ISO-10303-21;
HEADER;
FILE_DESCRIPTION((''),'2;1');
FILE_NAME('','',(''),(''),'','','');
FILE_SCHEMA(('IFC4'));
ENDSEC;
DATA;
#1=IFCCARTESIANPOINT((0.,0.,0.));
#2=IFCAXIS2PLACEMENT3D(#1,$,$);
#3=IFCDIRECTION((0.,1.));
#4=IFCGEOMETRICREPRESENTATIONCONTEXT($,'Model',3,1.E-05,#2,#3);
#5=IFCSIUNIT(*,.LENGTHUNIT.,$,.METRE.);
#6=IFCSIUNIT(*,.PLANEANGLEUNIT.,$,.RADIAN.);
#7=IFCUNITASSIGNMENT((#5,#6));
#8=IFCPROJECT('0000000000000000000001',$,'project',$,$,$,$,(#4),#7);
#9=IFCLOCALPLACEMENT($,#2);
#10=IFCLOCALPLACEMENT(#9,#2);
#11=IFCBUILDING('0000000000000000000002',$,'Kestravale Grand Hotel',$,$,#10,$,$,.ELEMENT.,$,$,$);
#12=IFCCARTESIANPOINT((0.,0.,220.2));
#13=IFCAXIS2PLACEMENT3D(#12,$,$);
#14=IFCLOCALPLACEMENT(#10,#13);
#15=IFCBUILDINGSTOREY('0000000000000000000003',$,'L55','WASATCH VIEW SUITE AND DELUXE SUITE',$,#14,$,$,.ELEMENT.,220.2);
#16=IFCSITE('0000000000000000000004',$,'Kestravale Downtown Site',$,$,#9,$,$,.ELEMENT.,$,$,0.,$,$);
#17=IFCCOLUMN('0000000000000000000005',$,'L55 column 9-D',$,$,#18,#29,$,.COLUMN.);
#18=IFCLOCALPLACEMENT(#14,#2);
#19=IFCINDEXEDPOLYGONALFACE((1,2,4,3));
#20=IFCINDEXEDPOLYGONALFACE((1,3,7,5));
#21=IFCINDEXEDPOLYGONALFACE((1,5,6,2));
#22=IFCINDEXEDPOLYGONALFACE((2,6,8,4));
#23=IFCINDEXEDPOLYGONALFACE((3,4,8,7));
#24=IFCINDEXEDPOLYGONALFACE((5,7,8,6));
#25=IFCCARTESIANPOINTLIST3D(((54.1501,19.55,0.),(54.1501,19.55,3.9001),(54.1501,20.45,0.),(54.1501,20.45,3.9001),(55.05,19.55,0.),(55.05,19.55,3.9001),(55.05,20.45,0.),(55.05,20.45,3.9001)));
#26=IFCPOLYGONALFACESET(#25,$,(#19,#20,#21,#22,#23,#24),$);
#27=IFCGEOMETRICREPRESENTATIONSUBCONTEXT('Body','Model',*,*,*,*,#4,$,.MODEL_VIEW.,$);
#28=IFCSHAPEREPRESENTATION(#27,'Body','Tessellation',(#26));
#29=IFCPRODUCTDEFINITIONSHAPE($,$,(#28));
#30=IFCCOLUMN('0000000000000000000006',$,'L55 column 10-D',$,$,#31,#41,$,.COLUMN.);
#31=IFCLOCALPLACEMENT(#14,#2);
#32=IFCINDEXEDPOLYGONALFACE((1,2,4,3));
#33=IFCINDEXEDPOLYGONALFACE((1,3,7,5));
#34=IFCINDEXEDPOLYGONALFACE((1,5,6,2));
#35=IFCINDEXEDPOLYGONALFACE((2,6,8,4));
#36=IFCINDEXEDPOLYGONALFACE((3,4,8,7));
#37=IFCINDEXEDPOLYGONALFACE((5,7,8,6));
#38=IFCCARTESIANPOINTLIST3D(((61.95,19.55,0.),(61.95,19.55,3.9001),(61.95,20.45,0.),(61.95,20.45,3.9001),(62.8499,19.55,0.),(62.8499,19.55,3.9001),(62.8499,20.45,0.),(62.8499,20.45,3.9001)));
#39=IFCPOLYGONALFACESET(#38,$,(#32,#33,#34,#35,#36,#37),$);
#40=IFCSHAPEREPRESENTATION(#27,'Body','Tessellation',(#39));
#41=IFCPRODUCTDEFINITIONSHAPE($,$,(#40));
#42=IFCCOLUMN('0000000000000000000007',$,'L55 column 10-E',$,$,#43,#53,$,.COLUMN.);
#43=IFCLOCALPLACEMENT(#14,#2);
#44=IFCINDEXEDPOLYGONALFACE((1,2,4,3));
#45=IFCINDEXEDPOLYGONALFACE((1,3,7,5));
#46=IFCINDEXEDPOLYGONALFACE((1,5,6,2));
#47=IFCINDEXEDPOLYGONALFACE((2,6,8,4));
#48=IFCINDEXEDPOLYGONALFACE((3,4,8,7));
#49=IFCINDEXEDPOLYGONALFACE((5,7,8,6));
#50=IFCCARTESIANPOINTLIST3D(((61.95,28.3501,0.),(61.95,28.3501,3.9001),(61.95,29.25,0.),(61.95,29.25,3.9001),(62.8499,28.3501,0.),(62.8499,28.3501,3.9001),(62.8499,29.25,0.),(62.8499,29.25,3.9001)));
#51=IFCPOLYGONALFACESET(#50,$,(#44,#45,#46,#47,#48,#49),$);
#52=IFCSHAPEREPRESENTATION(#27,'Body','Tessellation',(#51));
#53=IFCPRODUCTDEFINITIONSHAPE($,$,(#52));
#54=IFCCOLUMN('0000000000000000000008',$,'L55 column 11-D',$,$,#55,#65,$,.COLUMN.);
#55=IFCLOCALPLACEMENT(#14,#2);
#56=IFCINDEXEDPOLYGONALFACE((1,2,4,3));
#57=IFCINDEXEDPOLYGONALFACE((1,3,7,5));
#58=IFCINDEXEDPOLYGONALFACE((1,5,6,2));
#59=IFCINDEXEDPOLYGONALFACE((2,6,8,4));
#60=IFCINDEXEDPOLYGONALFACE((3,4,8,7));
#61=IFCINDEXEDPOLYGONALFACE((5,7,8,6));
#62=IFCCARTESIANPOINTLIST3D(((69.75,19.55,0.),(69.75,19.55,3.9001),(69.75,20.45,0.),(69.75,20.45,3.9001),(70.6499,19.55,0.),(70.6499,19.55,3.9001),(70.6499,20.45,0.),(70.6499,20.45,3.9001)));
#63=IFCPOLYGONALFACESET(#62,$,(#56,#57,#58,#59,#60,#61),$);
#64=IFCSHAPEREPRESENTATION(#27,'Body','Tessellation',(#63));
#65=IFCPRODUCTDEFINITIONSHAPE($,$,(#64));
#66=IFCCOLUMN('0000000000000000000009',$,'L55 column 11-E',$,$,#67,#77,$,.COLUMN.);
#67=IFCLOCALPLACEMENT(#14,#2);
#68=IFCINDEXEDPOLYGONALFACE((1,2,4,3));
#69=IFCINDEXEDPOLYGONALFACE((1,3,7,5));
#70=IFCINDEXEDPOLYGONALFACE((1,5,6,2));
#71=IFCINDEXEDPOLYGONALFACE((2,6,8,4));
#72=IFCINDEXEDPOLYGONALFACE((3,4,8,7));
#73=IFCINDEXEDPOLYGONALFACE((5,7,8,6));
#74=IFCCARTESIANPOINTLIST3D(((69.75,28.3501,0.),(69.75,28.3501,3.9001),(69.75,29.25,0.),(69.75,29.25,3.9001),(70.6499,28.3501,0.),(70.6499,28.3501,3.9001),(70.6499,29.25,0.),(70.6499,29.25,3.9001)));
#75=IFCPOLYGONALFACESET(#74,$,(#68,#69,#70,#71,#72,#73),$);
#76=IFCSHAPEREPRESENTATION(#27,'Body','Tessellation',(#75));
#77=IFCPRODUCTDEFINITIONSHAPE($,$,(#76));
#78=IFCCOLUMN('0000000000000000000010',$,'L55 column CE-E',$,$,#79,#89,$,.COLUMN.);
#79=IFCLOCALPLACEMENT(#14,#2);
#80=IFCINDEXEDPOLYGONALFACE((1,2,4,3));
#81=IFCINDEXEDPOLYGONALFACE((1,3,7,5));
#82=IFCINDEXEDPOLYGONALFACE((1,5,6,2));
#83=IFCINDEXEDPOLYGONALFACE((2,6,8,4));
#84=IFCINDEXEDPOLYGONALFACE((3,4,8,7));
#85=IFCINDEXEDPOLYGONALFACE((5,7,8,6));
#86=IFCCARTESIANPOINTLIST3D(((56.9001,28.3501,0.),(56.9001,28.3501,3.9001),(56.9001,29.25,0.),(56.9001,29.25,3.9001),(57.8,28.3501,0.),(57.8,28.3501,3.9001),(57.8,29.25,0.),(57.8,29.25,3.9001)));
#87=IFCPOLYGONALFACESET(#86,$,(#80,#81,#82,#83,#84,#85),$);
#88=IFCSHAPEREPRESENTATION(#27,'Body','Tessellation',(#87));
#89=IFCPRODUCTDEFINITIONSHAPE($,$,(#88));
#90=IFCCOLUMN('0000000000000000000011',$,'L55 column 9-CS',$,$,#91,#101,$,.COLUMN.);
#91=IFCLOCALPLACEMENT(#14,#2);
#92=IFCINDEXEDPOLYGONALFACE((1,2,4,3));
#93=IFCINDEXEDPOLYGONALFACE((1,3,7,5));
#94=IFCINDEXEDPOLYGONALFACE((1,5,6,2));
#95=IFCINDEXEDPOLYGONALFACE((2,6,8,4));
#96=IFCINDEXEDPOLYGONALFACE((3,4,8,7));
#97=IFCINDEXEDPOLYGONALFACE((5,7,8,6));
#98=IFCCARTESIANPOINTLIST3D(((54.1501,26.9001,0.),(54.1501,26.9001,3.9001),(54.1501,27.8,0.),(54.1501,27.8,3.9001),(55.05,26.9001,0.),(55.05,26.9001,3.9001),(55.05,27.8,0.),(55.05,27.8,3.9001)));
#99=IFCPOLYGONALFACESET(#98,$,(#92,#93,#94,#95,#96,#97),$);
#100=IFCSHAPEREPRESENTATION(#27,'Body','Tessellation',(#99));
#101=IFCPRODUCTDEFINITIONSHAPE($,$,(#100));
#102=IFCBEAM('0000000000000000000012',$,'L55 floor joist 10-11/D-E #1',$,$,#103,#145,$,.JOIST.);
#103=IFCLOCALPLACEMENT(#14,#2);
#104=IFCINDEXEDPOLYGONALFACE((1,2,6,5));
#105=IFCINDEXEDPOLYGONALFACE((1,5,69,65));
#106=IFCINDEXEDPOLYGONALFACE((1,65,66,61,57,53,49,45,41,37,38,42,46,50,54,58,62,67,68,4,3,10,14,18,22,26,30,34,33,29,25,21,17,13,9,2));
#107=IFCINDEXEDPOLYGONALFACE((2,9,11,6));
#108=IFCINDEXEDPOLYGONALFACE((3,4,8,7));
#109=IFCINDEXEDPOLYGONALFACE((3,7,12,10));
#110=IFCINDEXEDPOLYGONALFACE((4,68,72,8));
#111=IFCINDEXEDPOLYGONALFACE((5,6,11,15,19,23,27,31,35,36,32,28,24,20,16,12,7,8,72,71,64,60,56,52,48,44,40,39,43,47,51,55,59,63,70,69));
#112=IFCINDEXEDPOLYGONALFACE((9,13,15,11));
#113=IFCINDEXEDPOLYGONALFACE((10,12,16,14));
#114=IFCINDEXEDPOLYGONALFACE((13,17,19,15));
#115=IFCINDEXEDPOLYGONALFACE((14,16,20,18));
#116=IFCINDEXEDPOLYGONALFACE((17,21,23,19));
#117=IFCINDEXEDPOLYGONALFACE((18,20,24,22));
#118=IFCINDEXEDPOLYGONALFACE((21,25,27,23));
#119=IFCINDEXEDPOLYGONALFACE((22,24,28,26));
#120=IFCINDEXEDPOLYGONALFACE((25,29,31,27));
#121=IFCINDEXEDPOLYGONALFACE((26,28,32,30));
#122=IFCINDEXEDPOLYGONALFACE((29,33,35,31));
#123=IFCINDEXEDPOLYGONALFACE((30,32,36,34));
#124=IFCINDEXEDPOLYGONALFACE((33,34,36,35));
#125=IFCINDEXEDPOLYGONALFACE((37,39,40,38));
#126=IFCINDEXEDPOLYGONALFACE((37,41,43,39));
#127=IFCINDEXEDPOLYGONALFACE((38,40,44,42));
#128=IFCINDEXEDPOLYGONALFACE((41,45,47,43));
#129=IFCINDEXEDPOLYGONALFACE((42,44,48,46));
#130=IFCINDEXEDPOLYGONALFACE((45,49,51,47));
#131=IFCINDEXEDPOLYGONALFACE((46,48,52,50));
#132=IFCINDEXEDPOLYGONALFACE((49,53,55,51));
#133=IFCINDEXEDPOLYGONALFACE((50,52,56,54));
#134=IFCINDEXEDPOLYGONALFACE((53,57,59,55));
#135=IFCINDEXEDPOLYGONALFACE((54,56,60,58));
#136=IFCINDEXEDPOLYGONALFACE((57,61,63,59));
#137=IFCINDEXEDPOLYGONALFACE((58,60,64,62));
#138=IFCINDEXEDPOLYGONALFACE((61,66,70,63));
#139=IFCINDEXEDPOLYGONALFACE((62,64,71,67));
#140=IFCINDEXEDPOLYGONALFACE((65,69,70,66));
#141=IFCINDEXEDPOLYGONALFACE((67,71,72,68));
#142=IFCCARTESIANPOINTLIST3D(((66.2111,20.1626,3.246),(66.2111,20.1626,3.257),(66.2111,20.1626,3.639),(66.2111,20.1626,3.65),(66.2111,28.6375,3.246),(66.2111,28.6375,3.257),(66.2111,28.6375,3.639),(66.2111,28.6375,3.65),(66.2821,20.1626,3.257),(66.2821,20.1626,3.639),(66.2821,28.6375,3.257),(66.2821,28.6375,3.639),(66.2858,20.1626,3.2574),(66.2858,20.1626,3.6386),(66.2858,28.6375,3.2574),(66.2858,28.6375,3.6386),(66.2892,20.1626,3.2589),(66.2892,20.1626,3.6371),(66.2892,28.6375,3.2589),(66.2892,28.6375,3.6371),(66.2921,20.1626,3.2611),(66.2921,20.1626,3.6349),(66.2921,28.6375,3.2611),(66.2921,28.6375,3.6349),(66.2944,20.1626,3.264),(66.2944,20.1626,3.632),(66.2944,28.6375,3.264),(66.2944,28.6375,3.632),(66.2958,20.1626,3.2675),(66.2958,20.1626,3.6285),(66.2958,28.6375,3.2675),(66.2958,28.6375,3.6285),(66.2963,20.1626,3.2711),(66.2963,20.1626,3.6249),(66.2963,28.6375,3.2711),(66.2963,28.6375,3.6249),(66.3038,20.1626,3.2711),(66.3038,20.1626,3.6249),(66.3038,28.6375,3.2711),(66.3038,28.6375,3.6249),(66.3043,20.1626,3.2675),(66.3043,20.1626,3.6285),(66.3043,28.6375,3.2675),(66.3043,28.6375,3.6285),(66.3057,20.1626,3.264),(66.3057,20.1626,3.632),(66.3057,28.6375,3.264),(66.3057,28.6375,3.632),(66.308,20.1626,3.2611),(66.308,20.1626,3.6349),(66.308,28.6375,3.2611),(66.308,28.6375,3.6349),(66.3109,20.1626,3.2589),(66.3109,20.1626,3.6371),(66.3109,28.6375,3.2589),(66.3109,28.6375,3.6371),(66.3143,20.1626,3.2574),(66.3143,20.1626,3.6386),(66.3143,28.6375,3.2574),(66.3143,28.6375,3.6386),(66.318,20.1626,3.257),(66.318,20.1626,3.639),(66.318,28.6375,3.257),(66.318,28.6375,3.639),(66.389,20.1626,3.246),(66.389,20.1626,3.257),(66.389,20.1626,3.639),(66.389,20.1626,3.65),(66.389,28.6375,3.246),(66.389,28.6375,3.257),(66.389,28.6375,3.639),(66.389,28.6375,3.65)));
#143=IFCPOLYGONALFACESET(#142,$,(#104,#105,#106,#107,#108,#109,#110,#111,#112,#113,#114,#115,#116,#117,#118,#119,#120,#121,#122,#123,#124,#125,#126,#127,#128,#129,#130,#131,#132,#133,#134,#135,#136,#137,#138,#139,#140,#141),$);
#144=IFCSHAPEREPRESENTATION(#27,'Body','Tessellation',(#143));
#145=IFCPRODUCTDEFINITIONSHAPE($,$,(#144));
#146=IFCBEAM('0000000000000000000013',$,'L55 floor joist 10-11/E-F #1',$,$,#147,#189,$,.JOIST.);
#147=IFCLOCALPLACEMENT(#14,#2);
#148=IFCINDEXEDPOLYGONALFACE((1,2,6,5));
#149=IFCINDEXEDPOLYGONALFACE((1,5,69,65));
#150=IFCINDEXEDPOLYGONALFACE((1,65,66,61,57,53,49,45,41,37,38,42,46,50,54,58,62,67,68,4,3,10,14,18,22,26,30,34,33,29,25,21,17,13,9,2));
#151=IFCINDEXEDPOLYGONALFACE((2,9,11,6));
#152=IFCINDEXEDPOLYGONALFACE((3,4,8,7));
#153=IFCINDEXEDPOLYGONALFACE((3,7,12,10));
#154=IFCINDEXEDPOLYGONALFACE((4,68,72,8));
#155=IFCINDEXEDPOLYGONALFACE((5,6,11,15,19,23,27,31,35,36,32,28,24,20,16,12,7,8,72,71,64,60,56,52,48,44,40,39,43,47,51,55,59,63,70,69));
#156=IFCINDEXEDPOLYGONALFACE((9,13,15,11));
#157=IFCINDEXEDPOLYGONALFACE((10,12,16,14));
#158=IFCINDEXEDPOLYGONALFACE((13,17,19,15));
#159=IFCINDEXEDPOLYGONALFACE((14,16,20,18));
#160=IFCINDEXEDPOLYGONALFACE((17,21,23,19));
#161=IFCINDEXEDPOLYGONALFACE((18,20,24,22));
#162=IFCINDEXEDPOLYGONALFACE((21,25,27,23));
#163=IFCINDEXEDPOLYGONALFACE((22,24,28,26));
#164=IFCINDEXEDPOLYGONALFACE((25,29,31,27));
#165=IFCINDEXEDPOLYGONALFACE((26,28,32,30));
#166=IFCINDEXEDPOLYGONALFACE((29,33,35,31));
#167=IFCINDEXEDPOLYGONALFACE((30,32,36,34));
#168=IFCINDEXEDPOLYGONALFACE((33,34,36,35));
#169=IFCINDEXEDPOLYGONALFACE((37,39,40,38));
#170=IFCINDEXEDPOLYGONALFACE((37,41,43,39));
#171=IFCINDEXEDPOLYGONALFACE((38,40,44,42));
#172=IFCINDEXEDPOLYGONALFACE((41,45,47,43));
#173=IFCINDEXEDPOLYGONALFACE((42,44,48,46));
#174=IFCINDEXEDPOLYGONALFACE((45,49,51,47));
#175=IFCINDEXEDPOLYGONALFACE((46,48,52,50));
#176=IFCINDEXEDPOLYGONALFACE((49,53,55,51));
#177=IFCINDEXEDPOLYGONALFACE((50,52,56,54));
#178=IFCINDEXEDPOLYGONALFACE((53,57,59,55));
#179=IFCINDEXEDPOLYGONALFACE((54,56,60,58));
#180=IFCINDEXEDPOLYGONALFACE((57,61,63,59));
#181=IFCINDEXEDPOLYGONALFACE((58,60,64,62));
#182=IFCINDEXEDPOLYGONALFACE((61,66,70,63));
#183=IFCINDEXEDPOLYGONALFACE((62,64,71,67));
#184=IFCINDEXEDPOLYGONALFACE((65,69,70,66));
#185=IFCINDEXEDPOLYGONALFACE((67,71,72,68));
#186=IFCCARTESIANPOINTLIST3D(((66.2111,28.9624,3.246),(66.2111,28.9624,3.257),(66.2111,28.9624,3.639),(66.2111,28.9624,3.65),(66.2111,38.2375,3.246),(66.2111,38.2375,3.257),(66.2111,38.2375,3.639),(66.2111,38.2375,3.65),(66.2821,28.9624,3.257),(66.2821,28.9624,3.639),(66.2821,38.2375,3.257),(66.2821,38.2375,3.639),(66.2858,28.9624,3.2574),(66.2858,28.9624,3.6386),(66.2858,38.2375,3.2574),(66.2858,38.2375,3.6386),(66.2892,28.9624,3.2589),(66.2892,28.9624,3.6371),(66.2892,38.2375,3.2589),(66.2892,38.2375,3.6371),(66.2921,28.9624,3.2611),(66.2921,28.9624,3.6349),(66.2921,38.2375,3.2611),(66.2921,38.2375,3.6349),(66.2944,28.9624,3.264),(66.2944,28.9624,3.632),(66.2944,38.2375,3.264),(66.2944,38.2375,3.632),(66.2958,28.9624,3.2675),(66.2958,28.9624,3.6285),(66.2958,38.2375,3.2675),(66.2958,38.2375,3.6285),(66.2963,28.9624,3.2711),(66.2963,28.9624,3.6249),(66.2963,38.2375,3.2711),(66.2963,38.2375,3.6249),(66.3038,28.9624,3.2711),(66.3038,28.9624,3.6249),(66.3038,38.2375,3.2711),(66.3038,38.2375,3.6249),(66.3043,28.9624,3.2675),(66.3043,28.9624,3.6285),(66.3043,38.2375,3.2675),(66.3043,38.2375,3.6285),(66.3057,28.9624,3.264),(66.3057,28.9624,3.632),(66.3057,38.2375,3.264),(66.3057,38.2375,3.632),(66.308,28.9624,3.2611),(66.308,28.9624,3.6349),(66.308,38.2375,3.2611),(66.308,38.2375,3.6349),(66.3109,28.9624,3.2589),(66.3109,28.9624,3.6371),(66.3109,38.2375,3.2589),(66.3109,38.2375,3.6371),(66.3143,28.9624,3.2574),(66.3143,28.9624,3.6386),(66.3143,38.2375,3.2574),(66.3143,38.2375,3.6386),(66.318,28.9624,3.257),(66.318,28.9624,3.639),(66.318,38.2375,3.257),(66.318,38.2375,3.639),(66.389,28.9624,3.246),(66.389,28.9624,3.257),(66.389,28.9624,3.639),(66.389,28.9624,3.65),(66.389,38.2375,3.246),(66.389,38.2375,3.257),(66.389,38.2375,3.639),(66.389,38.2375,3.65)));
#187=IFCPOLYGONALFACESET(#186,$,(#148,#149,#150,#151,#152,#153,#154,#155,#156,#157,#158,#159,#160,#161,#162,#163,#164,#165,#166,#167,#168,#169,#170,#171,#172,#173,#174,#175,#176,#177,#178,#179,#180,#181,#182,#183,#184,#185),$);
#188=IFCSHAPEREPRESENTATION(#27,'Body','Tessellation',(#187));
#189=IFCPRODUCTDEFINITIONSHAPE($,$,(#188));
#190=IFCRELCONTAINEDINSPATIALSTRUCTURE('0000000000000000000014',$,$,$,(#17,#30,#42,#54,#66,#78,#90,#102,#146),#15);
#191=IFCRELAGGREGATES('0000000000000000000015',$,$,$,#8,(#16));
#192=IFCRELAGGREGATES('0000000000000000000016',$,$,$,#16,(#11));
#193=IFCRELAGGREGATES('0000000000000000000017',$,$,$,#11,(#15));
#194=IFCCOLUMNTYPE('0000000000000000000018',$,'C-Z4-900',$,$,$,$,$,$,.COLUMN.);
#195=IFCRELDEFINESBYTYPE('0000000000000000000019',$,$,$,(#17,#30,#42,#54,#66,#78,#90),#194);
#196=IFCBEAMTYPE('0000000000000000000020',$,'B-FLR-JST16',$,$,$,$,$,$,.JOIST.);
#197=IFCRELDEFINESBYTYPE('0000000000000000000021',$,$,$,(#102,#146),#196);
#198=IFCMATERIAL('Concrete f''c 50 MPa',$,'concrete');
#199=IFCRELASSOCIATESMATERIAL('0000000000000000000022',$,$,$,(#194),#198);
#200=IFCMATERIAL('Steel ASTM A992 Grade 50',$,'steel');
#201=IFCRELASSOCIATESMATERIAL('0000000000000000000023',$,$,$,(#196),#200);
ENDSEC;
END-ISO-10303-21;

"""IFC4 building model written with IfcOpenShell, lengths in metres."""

from ifc_helpers import new_model, si_unit, direction, frame, origin, origin_2d, place, context, subcontext, project, spatial, rectangle, i_section, extrude, material, material_profile, profile_set, type_object, element, save


model = new_model("IFC4")

# Units and contexts
model_context = context("Model", 3, precision=1e-05, world=origin(), true_north=direction((0.0, 1.0)))
body_context = subcontext(model_context, "Body", "Model", "MODEL_VIEW")
ifc_project = project(units=[si_unit("LENGTHUNIT", "METRE"), si_unit("PLANEANGLEUNIT", "RADIAN")], contexts=[model_context])

# Site, building, storey
site_placement = place(None, origin())
site = spatial("IfcSite", under=ifc_project, at=site_placement, Name="Kestravale Downtown Site", CompositionType="ELEMENT", RefElevation=0.0)
building_placement = place(site_placement, origin())
building = spatial("IfcBuilding", under=site, at=building_placement, Name="Kestravale Grand Hotel", CompositionType="ELEMENT")
storey_placement = place(building_placement, frame((0.0, 0.0, 220.2)))
storey = spatial("IfcBuildingStorey", under=building, at=storey_placement, Name="L55", Description="WASATCH VIEW SUITE AND DELUXE SUITE", CompositionType="ELEMENT", Elevation=220.2)

# Columns
ifc_material_1 = material(Name="Concrete f'c 50 MPa", Category="concrete")
ifc_material_profile_1 = material_profile(ifc_material_1, rectangle(XDim=0.8999, YDim=0.8999, at=origin_2d()))
ifc_profile_set_1 = profile_set([ifc_material_profile_1], Name="Concrete f'c 50 MPa")
column_type = type_object("IfcColumnType", Name="C-Z4-900", PredefinedType="COLUMN", material=ifc_profile_set_1)
for number, where, z_axis, x_axis, name in (
    (1, (54.6001, 20.0, 0.0), (0.0, 0.0, 1.0), (1.0, 0.0, 0.0), "L55 column 9-D"),
    (2, (62.3999, 20.0, 0.0), (0.0, 0.0, 1.0), (1.0, 0.0, 0.0), "L55 column 10-D"),
    (3, (62.3999, 28.8, 0.0), (0.0, 0.0, 1.0), (1.0, 0.0, 0.0), "L55 column 10-E"),
    (4, (70.2, 20.0, 0.0), (0.0, 0.0, 1.0), (1.0, 0.0, 0.0), "L55 column 11-D"),
    (5, (70.2, 28.8, 0.0), (0.0, 0.0, 1.0), (1.0, 0.0, 0.0), "L55 column 11-E"),
    (6, (57.3501, 28.8, 0.0), (0.0, 0.0, 1.0), (1.0, 0.0, 0.0), "L55 column CE-E"),
    (7, (54.6001, 27.3501, 0.0), (0.0, 0.0, 1.0), (1.0, 0.0, 0.0), "L55 column 9-CS"),
):
    element("IfcColumn", number, at=place(storey_placement, frame(where, z_axis=z_axis, x_axis=x_axis)), inside=storey, type_object=column_type, Name=name, PredefinedType="COLUMN", context=body_context, shape_type="SweptSolid", body=[
        extrude(rectangle(XDim=0.8999, YDim=0.8999, at=origin_2d()), origin(), (0.0, 0.0, 1.0), 3.9001),
    ])

# Beams
ifc_material_2 = material(Name="Steel ASTM A992 Grade 50", Category="steel")
ifc_material_profile_2 = material_profile(ifc_material_2, i_section(OverallWidth=0.178, OverallDepth=0.4041, WebThickness=0.0076, FlangeThickness=0.011, FilletRadius=0.0142, at=origin_2d()))
ifc_profile_set_2 = profile_set([ifc_material_profile_2], Name="Steel ASTM A992 Grade 50")
beam_type_1 = type_object("IfcBeamType", Name="B-FLR-JST16", PredefinedType="JOIST", material=ifc_profile_set_2)
beam_1_placement = place(storey_placement, frame((66.3, 20.1626, 3.448), z_axis=(0.0, 1.0, 0.0), x_axis=(-1.0, 0.0, 0.0)))
element("IfcBeam", 8, at=beam_1_placement, inside=storey, type_object=beam_type_1, Name="L55 floor joist 10-11/D-E #1", PredefinedType="JOIST", context=body_context, shape_type="SweptSolid", body=[
    extrude(i_section(OverallWidth=0.178, OverallDepth=0.4041, WebThickness=0.0076, FlangeThickness=0.011, FilletRadius=0.0142, at=origin_2d()), origin(), (0.0, 0.0, 1.0), 8.4749),
])
beam_2_placement = place(storey_placement, frame((66.3, 28.9624, 3.448), z_axis=(0.0, 1.0, 0.0), x_axis=(-1.0, 0.0, 0.0)))
element("IfcBeam", 9, at=beam_2_placement, inside=storey, type_object=beam_type_1, Name="L55 floor joist 10-11/E-F #1", PredefinedType="JOIST", context=body_context, shape_type="SweptSolid", body=[
    extrude(i_section(OverallWidth=0.178, OverallDepth=0.4041, WebThickness=0.0076, FlangeThickness=0.011, FilletRadius=0.0142, at=origin_2d()), origin(), (0.0, 0.0, 1.0), 9.2751),
])

save(model, "model.ifc")
